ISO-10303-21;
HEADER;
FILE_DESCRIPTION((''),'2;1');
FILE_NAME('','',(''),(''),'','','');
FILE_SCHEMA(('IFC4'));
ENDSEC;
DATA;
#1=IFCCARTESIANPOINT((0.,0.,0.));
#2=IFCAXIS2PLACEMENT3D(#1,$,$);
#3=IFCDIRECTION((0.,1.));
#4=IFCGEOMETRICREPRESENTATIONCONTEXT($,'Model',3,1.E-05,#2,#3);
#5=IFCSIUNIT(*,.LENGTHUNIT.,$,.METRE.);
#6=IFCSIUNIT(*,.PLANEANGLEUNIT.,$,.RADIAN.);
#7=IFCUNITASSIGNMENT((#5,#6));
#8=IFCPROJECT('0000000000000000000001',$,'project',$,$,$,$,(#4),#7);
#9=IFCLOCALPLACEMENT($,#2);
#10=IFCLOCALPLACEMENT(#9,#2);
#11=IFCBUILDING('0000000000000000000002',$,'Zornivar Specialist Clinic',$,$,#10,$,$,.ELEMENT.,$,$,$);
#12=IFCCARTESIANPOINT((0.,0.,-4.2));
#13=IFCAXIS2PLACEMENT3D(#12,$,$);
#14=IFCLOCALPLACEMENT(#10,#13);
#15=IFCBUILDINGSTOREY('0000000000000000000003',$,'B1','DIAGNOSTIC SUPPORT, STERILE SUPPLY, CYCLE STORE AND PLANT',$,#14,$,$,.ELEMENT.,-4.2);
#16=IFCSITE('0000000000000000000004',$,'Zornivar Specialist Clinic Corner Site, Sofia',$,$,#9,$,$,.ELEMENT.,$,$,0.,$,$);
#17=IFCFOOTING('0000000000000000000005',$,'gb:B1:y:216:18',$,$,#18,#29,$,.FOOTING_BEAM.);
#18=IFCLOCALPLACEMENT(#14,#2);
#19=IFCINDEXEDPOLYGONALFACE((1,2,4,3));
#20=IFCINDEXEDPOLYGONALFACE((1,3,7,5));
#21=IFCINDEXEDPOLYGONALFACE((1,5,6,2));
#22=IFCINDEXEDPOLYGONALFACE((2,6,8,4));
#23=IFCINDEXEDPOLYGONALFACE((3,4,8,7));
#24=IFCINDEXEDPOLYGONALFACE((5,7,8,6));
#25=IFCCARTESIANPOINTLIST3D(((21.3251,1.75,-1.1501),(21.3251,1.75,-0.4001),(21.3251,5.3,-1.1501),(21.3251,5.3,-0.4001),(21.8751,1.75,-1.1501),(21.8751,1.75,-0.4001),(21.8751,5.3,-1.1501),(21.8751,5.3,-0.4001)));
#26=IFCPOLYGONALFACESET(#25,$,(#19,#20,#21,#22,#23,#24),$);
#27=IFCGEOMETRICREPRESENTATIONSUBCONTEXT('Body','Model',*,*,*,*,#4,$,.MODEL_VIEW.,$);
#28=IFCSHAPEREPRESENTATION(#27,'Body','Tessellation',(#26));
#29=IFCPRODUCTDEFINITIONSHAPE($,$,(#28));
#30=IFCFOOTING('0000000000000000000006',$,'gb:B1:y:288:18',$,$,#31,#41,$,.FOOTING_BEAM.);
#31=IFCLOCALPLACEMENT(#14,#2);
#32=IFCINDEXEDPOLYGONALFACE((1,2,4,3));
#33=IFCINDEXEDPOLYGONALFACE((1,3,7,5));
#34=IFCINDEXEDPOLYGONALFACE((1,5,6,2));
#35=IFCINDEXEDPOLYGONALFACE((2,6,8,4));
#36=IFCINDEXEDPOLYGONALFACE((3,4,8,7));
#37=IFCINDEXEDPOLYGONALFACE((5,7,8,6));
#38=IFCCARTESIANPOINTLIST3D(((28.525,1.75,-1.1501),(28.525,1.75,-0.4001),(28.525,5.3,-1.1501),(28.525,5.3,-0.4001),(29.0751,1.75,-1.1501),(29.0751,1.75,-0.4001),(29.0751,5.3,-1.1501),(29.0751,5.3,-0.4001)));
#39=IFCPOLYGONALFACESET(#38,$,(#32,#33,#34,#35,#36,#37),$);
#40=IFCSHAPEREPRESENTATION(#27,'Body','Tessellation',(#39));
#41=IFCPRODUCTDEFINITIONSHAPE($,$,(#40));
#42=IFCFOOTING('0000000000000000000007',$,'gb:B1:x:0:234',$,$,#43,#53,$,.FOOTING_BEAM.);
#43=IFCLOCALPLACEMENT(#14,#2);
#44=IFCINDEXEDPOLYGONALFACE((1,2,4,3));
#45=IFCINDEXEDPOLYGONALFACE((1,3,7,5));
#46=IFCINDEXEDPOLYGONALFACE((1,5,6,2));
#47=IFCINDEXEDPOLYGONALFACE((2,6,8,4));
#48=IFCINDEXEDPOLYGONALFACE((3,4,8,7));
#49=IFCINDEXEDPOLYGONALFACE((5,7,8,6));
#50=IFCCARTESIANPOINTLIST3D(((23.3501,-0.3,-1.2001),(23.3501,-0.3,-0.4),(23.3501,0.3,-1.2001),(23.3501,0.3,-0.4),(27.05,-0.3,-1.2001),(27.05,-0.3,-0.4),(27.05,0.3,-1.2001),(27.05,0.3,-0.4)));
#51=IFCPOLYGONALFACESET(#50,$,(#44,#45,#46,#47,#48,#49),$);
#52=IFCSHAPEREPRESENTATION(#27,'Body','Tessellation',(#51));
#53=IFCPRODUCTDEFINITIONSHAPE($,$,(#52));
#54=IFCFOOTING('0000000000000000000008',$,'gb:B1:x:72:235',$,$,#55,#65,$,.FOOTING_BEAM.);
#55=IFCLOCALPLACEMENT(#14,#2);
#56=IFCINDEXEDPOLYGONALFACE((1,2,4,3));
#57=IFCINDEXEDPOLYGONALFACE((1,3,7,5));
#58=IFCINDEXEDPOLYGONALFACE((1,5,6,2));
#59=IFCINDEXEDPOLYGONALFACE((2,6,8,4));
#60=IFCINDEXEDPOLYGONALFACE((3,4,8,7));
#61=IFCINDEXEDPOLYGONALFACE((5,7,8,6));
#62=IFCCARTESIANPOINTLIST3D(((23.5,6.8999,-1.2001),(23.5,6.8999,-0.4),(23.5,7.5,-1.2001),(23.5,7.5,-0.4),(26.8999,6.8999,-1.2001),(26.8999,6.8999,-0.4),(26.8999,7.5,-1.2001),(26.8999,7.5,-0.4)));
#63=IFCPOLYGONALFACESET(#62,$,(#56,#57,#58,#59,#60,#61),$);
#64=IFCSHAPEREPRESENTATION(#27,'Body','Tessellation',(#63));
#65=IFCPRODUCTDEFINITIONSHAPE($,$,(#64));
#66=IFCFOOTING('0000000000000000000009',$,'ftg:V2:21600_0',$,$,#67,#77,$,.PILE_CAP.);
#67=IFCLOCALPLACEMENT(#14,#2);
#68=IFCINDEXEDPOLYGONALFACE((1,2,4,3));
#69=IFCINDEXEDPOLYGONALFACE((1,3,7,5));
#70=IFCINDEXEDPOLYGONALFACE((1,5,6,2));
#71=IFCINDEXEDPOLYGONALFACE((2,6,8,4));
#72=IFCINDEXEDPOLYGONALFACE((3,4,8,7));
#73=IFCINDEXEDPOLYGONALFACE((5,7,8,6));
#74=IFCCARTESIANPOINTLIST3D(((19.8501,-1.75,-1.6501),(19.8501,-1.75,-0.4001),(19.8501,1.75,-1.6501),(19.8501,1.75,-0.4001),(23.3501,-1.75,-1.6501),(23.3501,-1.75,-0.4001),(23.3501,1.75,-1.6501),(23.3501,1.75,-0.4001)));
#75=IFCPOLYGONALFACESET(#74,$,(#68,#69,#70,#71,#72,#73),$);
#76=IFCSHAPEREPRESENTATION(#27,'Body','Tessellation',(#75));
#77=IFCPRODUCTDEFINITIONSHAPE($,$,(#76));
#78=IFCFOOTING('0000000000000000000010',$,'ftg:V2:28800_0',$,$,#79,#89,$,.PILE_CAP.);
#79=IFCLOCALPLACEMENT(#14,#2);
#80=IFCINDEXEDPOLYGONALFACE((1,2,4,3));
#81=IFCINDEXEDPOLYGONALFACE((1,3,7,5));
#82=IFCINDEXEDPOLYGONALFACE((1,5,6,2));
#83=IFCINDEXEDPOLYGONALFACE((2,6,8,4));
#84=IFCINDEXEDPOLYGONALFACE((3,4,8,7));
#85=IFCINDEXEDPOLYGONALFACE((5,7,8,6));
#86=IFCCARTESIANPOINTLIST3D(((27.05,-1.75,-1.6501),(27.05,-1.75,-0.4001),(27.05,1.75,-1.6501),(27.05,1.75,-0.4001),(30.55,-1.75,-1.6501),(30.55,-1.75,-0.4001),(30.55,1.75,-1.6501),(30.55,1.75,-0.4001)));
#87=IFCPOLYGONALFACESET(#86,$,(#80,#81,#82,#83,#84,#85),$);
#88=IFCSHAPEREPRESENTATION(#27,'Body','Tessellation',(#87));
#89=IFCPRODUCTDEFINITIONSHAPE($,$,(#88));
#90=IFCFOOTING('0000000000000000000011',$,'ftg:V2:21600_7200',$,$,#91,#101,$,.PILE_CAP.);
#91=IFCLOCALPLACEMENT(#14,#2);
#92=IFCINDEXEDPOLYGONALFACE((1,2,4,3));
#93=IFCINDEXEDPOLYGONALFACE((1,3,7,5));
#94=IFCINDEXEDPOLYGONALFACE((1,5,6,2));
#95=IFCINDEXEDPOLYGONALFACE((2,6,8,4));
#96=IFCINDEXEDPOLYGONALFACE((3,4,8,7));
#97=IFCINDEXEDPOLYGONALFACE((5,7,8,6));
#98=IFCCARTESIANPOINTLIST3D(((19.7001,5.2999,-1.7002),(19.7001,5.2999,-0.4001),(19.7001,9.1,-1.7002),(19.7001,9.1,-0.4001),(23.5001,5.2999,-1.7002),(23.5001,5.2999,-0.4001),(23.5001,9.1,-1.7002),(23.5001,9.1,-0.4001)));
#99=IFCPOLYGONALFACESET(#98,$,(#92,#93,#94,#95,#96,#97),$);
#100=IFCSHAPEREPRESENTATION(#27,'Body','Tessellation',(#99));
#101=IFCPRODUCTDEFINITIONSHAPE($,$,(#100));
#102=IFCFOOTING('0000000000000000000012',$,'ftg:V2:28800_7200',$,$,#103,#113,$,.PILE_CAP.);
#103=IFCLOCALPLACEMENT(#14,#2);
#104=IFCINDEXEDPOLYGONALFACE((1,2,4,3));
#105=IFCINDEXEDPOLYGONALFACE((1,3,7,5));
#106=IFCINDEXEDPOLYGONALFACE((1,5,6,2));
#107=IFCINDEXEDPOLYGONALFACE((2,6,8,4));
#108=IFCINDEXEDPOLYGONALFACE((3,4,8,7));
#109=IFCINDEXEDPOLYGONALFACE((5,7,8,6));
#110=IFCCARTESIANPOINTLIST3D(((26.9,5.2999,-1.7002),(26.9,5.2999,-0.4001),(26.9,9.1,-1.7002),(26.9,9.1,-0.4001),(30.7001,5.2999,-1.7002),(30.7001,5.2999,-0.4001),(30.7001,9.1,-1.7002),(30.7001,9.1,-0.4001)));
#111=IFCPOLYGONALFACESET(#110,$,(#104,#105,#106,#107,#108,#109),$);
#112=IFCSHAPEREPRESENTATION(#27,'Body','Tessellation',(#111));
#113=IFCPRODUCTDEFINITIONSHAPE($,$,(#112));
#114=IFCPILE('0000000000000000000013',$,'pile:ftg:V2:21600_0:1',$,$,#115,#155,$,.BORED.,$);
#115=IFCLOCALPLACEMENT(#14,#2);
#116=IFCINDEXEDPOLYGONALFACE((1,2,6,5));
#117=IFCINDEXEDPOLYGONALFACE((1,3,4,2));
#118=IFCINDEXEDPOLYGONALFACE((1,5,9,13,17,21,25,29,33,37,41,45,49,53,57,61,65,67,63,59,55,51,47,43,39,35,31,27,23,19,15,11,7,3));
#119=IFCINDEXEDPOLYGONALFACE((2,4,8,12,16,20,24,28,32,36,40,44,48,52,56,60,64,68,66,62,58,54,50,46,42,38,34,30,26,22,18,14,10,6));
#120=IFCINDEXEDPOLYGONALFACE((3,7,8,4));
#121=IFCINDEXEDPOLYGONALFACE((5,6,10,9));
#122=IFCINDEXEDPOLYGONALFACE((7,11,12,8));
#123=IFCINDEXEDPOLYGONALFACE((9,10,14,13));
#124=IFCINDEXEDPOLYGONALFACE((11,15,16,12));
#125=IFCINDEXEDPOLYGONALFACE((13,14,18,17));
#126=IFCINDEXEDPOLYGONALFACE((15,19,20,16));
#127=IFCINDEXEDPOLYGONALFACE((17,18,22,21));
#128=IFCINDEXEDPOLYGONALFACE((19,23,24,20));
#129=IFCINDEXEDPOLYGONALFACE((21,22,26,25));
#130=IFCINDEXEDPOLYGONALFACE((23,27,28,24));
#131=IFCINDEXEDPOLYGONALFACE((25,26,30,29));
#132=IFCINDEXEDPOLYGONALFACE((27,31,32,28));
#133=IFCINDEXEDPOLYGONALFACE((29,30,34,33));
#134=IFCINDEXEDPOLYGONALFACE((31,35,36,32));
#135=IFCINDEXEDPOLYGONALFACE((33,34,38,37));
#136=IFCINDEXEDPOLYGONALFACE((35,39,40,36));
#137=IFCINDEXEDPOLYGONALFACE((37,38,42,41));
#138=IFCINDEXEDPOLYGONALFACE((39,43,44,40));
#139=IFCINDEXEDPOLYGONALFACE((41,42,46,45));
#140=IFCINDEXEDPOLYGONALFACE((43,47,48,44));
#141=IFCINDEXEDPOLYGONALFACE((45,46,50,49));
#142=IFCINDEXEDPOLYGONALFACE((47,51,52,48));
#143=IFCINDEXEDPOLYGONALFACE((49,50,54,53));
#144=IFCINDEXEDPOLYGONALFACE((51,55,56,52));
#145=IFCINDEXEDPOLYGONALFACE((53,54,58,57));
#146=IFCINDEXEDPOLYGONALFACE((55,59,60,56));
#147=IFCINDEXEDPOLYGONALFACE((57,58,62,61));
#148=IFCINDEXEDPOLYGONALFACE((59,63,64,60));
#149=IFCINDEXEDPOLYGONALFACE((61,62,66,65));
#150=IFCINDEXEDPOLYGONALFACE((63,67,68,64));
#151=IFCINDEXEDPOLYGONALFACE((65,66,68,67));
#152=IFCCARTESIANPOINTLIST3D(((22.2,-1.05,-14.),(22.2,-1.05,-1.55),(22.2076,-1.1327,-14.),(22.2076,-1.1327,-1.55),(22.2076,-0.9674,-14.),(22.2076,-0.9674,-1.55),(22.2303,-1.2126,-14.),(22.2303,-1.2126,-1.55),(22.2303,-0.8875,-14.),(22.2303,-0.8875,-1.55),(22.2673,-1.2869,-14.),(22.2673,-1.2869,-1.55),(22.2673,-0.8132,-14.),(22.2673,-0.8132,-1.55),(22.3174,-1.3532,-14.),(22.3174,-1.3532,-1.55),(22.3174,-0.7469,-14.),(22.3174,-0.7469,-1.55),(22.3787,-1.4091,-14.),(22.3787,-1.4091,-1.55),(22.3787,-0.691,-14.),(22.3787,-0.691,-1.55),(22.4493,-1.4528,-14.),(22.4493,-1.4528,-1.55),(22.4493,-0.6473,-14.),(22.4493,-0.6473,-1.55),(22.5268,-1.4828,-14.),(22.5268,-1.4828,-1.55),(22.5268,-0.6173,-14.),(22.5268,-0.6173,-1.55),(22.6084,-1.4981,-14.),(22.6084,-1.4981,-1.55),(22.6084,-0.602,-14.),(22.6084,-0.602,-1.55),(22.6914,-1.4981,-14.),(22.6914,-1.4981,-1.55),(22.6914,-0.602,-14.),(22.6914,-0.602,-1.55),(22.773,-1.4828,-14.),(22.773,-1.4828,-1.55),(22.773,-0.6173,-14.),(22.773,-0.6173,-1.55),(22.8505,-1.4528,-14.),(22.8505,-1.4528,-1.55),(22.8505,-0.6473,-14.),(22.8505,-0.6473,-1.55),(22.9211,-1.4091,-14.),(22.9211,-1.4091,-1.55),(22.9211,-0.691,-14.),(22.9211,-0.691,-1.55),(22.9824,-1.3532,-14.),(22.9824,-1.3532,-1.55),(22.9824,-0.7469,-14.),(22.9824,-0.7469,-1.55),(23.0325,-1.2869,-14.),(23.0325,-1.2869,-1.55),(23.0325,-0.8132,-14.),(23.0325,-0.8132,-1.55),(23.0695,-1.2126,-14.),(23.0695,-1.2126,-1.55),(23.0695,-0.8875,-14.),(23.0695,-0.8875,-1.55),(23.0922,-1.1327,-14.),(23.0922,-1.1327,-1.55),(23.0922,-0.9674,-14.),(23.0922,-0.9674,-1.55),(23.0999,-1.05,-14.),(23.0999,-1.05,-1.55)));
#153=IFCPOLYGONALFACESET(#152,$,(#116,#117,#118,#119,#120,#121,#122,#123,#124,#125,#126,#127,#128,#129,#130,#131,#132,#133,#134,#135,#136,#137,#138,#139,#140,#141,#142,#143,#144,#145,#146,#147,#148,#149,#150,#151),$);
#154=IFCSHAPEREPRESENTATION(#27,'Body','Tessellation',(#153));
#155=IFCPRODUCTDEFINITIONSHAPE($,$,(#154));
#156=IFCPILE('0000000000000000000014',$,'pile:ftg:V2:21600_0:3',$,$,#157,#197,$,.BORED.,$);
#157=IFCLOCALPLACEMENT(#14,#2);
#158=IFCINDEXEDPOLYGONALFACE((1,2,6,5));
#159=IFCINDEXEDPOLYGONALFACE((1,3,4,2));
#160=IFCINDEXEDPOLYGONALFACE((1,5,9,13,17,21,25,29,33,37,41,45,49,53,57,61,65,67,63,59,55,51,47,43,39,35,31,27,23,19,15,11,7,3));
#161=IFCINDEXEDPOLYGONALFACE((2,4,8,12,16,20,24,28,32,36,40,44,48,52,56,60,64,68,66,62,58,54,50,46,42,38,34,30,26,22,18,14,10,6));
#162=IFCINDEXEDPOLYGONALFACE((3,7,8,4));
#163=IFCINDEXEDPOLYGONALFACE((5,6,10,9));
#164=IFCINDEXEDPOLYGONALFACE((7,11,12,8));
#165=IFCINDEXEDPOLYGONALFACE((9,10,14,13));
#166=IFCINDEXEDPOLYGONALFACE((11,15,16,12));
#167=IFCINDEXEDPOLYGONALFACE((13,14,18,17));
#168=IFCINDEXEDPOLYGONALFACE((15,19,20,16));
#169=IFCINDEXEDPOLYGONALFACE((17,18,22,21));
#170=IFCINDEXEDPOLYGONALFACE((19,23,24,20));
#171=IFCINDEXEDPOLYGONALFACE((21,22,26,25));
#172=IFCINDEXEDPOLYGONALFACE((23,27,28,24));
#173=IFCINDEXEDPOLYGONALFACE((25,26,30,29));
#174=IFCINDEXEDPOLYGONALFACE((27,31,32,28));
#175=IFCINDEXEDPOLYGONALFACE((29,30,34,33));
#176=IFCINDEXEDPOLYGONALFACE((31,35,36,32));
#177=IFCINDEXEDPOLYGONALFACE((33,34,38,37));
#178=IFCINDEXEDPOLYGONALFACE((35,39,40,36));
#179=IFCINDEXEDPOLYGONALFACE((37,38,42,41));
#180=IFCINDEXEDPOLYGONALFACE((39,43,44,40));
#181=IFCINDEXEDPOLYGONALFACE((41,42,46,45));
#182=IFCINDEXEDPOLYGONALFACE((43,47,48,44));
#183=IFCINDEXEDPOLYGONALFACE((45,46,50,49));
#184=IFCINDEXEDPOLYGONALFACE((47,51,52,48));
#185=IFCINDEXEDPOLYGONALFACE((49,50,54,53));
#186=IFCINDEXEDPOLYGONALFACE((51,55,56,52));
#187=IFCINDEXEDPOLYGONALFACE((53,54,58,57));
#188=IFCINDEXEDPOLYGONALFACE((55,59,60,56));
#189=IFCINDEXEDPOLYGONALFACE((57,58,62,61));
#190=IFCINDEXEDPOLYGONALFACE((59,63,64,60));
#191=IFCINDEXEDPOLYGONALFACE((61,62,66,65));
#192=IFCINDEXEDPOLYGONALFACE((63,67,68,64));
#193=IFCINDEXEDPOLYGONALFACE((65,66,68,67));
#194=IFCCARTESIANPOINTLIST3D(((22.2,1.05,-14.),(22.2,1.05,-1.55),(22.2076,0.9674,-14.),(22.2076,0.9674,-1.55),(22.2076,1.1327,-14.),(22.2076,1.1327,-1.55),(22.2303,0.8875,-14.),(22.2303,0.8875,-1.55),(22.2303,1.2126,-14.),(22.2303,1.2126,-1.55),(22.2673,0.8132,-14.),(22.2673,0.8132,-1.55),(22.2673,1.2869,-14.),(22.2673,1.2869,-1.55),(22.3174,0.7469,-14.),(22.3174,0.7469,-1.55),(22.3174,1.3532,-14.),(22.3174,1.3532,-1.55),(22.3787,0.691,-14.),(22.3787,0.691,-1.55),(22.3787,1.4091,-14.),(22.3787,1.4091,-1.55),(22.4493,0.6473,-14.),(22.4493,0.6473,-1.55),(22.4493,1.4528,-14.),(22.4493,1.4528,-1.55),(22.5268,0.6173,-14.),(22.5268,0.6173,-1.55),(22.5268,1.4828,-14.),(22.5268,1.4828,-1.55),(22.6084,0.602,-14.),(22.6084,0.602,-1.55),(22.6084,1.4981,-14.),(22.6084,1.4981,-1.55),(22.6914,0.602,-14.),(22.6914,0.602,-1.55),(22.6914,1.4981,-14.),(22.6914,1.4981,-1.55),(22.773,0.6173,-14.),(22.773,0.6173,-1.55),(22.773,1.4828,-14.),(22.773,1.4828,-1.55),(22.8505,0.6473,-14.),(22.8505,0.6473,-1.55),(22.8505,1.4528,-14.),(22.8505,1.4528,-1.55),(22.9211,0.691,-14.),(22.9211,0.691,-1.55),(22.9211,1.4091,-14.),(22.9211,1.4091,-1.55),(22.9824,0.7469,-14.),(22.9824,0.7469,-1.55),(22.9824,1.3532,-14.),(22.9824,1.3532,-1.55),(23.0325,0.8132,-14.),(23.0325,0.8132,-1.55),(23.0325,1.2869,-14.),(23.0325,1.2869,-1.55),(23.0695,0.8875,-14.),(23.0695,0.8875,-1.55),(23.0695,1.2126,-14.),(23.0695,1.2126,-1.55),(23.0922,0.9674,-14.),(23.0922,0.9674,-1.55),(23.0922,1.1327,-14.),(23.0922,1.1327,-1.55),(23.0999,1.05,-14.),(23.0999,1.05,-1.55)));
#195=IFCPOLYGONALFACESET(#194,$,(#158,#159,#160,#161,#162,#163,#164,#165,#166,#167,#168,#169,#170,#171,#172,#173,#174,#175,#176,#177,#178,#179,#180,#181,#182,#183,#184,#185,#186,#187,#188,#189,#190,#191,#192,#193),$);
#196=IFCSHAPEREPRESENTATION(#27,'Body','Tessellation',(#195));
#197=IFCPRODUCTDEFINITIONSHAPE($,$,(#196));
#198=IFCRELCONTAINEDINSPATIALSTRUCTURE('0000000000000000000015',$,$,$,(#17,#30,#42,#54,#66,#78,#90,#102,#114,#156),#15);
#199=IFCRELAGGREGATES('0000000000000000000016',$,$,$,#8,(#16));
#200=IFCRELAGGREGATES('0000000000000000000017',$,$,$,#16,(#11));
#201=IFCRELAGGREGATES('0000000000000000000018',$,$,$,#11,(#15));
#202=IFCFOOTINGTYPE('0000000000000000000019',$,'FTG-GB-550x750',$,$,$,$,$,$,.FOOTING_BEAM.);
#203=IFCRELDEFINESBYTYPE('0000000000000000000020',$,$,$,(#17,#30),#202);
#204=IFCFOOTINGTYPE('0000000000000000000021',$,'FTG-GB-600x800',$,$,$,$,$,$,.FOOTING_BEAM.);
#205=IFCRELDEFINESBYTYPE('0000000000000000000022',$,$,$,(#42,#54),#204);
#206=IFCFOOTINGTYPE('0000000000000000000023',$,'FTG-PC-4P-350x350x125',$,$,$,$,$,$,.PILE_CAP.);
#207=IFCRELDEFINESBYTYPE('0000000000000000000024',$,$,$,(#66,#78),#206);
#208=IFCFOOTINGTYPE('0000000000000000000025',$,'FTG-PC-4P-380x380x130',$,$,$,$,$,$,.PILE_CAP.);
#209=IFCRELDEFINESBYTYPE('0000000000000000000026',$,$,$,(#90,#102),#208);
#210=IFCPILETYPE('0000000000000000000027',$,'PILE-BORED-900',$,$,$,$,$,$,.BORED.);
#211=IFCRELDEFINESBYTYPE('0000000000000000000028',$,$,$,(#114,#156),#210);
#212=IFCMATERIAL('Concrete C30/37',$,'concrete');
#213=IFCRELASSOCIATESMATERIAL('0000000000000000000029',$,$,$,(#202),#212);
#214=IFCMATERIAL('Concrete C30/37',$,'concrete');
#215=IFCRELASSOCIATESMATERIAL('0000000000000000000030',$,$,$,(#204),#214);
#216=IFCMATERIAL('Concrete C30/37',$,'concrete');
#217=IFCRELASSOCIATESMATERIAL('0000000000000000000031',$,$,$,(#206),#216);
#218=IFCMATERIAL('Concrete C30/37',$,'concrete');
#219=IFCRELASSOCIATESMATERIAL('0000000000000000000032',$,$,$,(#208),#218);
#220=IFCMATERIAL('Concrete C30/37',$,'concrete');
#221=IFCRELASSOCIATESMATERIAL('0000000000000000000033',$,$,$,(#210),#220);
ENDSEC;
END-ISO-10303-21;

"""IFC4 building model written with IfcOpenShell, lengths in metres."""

from ifc_helpers import new_model, si_unit, direction, frame, origin, origin_2d, place, context, subcontext, project, spatial, rectangle, circle, extrude, material, material_profile, profile_set, type_object, element, save


model = new_model("IFC4")

# Units and contexts
model_context = context("Model", 3, precision=1e-05, world=origin(), true_north=direction((0.0, 1.0)))
body_context = subcontext(model_context, "Body", "Model", "MODEL_VIEW")
ifc_project = project(units=[si_unit("LENGTHUNIT", "METRE"), si_unit("PLANEANGLEUNIT", "RADIAN")], contexts=[model_context])

# Site, building, storey
site_placement = place(None, origin())
site = spatial("IfcSite", under=ifc_project, at=site_placement, Name="Zornivar Specialist Clinic Corner Site, Sofia", CompositionType="ELEMENT", RefElevation=0.0)
building_placement = place(site_placement, origin())
building = spatial("IfcBuilding", under=site, at=building_placement, Name="Zornivar Specialist Clinic", CompositionType="ELEMENT")
storey_placement = place(building_placement, frame((0.0, 0.0, -4.2)))
storey = spatial("IfcBuildingStorey", under=building, at=storey_placement, Name="B1", Description="DIAGNOSTIC SUPPORT, STERILE SUPPLY, CYCLE STORE AND PLANT", CompositionType="ELEMENT", Elevation=-4.2)

# Footings
ifc_material_1 = material(Name="Concrete C30/37", Category="concrete")
ifc_material_profile_1 = material_profile(ifc_material_1, rectangle(XDim=0.55, YDim=0.75, at=origin_2d()), Name="RC 550x750")
ifc_profile_set_1 = profile_set([ifc_material_profile_1], Name="Concrete C30/37")
footing_type_1 = type_object("IfcFootingType", Name="FTG-GB-550x750", PredefinedType="FOOTING_BEAM", material=ifc_profile_set_1)
for number, where, z_axis, x_axis, name in (
    (1, (21.6001, 1.75, -0.7751), (0.0, 1.0, 0.0), (-1.0, 0.0, 0.0), "gb:B1:y:216:18"),
    (2, (28.8, 1.75, -0.7751), (0.0, 1.0, 0.0), (-1.0, 0.0, 0.0), "gb:B1:y:288:18"),
):
    element("IfcFooting", number, at=place(storey_placement, frame(where, z_axis=z_axis, x_axis=x_axis)), inside=storey, type_object=footing_type_1, Name=name, PredefinedType="FOOTING_BEAM", context=body_context, shape_type="SweptSolid", body=[
        extrude(rectangle(XDim=0.55, YDim=0.75, at=origin_2d()), origin(), (0.0, 0.0, 1.0), 3.55),
    ])
ifc_material_2 = material(Name="Concrete C30/37", Category="concrete")
ifc_material_profile_2 = material_profile(ifc_material_2, rectangle(XDim=0.6001, YDim=0.8, at=origin_2d()), Name="RC 600x800")
ifc_profile_set_2 = profile_set([ifc_material_profile_2], Name="Concrete C30/37")
footing_type_2 = type_object("IfcFootingType", Name="FTG-GB-600x800", PredefinedType="FOOTING_BEAM", material=ifc_profile_set_2)
footing_1_placement = place(storey_placement, frame((23.3501, 0.0, -0.8), z_axis=(1.0, 0.0, 0.0), x_axis=(0.0, 1.0, 0.0)))
element("IfcFooting", 3, at=footing_1_placement, inside=storey, type_object=footing_type_2, Name="gb:B1:x:0:234", PredefinedType="FOOTING_BEAM", context=body_context, shape_type="SweptSolid", body=[
    extrude(rectangle(XDim=0.6001, YDim=0.8, at=origin_2d()), origin(), (0.0, 0.0, 1.0), 3.7),
])
footing_2_placement = place(storey_placement, frame((23.5, 7.2, -0.8), z_axis=(1.0, 0.0, 0.0), x_axis=(0.0, 1.0, 0.0)))
element("IfcFooting", 4, at=footing_2_placement, inside=storey, type_object=footing_type_2, Name="gb:B1:x:72:235", PredefinedType="FOOTING_BEAM", context=body_context, shape_type="SweptSolid", body=[
    extrude(rectangle(XDim=0.6001, YDim=0.8, at=origin_2d()), origin(), (0.0, 0.0, 1.0), 3.3999),
])
ifc_material_3 = material(Name="Concrete C30/37", Category="concrete")
footing_type_3 = type_object("IfcFootingType", Name="FTG-PC-4P-350x350x125", PredefinedType="PILE_CAP", material=ifc_material_3)
for number, where, z_axis, x_axis, name in (
    (5, (21.6001, 0.0, -1.6501), (0.0, 0.0, 1.0), (1.0, 0.0, 0.0), "ftg:V2:21600_0"),
    (6, (28.8, 0.0, -1.6501), (0.0, 0.0, 1.0), (1.0, 0.0, 0.0), "ftg:V2:28800_0"),
):
    element("IfcFooting", number, at=place(storey_placement, frame(where, z_axis=z_axis, x_axis=x_axis)), inside=storey, type_object=footing_type_3, Name=name, PredefinedType="PILE_CAP", context=body_context, shape_type="SweptSolid", body=[
        extrude(rectangle(XDim=3.5, YDim=3.5, at=origin_2d()), origin(), (0.0, 0.0, 1.0), 1.25),
    ])
ifc_material_4 = material(Name="Concrete C30/37", Category="concrete")
footing_type_4 = type_object("IfcFootingType", Name="FTG-PC-4P-380x380x130", PredefinedType="PILE_CAP", material=ifc_material_4)
for number, where, z_axis, x_axis, name in (
    (7, (21.6001, 7.2, -1.7002), (0.0, 0.0, 1.0), (1.0, 0.0, 0.0), "ftg:V2:21600_7200"),
    (8, (28.8, 7.2, -1.7002), (0.0, 0.0, 1.0), (1.0, 0.0, 0.0), "ftg:V2:28800_7200"),
):
    element("IfcFooting", number, at=place(storey_placement, frame(where, z_axis=z_axis, x_axis=x_axis)), inside=storey, type_object=footing_type_4, Name=name, PredefinedType="PILE_CAP", context=body_context, shape_type="SweptSolid", body=[
        extrude(rectangle(XDim=3.8, YDim=3.8, at=origin_2d()), origin(), (0.0, 0.0, 1.0), 1.3),
    ])

# Piles
ifc_material_5 = material(Name="Concrete C30/37", Category="concrete")
ifc_material_profile_3 = material_profile(ifc_material_5, circle(Radius=0.45, at=origin_2d()), Name="PILE D900")
ifc_profile_set_3 = profile_set([ifc_material_profile_3], Name="Concrete C30/37")
pile_type = type_object("IfcPileType", Name="PILE-BORED-900", PredefinedType="BORED", material=ifc_profile_set_3)
for number, where, z_axis, x_axis, name in (
    (9, (22.6499, -1.05, -1.55), (0.0, 0.0, -1.0), (1.0, 0.0, 0.0), "pile:ftg:V2:21600_0:1"),
    (10, (22.6499, 1.05, -1.55), (0.0, 0.0, -1.0), (1.0, 0.0, 0.0), "pile:ftg:V2:21600_0:3"),
):
    element("IfcPile", number, at=place(storey_placement, frame(where, z_axis=z_axis, x_axis=x_axis)), inside=storey, type_object=pile_type, Name=name, PredefinedType="BORED", context=body_context, shape_type="SweptSolid", body=[
        extrude(circle(Radius=0.45, at=origin_2d()), origin(), (0.0, 0.0, 1.0), 12.45),
    ])

save(model, "model.ifc")
